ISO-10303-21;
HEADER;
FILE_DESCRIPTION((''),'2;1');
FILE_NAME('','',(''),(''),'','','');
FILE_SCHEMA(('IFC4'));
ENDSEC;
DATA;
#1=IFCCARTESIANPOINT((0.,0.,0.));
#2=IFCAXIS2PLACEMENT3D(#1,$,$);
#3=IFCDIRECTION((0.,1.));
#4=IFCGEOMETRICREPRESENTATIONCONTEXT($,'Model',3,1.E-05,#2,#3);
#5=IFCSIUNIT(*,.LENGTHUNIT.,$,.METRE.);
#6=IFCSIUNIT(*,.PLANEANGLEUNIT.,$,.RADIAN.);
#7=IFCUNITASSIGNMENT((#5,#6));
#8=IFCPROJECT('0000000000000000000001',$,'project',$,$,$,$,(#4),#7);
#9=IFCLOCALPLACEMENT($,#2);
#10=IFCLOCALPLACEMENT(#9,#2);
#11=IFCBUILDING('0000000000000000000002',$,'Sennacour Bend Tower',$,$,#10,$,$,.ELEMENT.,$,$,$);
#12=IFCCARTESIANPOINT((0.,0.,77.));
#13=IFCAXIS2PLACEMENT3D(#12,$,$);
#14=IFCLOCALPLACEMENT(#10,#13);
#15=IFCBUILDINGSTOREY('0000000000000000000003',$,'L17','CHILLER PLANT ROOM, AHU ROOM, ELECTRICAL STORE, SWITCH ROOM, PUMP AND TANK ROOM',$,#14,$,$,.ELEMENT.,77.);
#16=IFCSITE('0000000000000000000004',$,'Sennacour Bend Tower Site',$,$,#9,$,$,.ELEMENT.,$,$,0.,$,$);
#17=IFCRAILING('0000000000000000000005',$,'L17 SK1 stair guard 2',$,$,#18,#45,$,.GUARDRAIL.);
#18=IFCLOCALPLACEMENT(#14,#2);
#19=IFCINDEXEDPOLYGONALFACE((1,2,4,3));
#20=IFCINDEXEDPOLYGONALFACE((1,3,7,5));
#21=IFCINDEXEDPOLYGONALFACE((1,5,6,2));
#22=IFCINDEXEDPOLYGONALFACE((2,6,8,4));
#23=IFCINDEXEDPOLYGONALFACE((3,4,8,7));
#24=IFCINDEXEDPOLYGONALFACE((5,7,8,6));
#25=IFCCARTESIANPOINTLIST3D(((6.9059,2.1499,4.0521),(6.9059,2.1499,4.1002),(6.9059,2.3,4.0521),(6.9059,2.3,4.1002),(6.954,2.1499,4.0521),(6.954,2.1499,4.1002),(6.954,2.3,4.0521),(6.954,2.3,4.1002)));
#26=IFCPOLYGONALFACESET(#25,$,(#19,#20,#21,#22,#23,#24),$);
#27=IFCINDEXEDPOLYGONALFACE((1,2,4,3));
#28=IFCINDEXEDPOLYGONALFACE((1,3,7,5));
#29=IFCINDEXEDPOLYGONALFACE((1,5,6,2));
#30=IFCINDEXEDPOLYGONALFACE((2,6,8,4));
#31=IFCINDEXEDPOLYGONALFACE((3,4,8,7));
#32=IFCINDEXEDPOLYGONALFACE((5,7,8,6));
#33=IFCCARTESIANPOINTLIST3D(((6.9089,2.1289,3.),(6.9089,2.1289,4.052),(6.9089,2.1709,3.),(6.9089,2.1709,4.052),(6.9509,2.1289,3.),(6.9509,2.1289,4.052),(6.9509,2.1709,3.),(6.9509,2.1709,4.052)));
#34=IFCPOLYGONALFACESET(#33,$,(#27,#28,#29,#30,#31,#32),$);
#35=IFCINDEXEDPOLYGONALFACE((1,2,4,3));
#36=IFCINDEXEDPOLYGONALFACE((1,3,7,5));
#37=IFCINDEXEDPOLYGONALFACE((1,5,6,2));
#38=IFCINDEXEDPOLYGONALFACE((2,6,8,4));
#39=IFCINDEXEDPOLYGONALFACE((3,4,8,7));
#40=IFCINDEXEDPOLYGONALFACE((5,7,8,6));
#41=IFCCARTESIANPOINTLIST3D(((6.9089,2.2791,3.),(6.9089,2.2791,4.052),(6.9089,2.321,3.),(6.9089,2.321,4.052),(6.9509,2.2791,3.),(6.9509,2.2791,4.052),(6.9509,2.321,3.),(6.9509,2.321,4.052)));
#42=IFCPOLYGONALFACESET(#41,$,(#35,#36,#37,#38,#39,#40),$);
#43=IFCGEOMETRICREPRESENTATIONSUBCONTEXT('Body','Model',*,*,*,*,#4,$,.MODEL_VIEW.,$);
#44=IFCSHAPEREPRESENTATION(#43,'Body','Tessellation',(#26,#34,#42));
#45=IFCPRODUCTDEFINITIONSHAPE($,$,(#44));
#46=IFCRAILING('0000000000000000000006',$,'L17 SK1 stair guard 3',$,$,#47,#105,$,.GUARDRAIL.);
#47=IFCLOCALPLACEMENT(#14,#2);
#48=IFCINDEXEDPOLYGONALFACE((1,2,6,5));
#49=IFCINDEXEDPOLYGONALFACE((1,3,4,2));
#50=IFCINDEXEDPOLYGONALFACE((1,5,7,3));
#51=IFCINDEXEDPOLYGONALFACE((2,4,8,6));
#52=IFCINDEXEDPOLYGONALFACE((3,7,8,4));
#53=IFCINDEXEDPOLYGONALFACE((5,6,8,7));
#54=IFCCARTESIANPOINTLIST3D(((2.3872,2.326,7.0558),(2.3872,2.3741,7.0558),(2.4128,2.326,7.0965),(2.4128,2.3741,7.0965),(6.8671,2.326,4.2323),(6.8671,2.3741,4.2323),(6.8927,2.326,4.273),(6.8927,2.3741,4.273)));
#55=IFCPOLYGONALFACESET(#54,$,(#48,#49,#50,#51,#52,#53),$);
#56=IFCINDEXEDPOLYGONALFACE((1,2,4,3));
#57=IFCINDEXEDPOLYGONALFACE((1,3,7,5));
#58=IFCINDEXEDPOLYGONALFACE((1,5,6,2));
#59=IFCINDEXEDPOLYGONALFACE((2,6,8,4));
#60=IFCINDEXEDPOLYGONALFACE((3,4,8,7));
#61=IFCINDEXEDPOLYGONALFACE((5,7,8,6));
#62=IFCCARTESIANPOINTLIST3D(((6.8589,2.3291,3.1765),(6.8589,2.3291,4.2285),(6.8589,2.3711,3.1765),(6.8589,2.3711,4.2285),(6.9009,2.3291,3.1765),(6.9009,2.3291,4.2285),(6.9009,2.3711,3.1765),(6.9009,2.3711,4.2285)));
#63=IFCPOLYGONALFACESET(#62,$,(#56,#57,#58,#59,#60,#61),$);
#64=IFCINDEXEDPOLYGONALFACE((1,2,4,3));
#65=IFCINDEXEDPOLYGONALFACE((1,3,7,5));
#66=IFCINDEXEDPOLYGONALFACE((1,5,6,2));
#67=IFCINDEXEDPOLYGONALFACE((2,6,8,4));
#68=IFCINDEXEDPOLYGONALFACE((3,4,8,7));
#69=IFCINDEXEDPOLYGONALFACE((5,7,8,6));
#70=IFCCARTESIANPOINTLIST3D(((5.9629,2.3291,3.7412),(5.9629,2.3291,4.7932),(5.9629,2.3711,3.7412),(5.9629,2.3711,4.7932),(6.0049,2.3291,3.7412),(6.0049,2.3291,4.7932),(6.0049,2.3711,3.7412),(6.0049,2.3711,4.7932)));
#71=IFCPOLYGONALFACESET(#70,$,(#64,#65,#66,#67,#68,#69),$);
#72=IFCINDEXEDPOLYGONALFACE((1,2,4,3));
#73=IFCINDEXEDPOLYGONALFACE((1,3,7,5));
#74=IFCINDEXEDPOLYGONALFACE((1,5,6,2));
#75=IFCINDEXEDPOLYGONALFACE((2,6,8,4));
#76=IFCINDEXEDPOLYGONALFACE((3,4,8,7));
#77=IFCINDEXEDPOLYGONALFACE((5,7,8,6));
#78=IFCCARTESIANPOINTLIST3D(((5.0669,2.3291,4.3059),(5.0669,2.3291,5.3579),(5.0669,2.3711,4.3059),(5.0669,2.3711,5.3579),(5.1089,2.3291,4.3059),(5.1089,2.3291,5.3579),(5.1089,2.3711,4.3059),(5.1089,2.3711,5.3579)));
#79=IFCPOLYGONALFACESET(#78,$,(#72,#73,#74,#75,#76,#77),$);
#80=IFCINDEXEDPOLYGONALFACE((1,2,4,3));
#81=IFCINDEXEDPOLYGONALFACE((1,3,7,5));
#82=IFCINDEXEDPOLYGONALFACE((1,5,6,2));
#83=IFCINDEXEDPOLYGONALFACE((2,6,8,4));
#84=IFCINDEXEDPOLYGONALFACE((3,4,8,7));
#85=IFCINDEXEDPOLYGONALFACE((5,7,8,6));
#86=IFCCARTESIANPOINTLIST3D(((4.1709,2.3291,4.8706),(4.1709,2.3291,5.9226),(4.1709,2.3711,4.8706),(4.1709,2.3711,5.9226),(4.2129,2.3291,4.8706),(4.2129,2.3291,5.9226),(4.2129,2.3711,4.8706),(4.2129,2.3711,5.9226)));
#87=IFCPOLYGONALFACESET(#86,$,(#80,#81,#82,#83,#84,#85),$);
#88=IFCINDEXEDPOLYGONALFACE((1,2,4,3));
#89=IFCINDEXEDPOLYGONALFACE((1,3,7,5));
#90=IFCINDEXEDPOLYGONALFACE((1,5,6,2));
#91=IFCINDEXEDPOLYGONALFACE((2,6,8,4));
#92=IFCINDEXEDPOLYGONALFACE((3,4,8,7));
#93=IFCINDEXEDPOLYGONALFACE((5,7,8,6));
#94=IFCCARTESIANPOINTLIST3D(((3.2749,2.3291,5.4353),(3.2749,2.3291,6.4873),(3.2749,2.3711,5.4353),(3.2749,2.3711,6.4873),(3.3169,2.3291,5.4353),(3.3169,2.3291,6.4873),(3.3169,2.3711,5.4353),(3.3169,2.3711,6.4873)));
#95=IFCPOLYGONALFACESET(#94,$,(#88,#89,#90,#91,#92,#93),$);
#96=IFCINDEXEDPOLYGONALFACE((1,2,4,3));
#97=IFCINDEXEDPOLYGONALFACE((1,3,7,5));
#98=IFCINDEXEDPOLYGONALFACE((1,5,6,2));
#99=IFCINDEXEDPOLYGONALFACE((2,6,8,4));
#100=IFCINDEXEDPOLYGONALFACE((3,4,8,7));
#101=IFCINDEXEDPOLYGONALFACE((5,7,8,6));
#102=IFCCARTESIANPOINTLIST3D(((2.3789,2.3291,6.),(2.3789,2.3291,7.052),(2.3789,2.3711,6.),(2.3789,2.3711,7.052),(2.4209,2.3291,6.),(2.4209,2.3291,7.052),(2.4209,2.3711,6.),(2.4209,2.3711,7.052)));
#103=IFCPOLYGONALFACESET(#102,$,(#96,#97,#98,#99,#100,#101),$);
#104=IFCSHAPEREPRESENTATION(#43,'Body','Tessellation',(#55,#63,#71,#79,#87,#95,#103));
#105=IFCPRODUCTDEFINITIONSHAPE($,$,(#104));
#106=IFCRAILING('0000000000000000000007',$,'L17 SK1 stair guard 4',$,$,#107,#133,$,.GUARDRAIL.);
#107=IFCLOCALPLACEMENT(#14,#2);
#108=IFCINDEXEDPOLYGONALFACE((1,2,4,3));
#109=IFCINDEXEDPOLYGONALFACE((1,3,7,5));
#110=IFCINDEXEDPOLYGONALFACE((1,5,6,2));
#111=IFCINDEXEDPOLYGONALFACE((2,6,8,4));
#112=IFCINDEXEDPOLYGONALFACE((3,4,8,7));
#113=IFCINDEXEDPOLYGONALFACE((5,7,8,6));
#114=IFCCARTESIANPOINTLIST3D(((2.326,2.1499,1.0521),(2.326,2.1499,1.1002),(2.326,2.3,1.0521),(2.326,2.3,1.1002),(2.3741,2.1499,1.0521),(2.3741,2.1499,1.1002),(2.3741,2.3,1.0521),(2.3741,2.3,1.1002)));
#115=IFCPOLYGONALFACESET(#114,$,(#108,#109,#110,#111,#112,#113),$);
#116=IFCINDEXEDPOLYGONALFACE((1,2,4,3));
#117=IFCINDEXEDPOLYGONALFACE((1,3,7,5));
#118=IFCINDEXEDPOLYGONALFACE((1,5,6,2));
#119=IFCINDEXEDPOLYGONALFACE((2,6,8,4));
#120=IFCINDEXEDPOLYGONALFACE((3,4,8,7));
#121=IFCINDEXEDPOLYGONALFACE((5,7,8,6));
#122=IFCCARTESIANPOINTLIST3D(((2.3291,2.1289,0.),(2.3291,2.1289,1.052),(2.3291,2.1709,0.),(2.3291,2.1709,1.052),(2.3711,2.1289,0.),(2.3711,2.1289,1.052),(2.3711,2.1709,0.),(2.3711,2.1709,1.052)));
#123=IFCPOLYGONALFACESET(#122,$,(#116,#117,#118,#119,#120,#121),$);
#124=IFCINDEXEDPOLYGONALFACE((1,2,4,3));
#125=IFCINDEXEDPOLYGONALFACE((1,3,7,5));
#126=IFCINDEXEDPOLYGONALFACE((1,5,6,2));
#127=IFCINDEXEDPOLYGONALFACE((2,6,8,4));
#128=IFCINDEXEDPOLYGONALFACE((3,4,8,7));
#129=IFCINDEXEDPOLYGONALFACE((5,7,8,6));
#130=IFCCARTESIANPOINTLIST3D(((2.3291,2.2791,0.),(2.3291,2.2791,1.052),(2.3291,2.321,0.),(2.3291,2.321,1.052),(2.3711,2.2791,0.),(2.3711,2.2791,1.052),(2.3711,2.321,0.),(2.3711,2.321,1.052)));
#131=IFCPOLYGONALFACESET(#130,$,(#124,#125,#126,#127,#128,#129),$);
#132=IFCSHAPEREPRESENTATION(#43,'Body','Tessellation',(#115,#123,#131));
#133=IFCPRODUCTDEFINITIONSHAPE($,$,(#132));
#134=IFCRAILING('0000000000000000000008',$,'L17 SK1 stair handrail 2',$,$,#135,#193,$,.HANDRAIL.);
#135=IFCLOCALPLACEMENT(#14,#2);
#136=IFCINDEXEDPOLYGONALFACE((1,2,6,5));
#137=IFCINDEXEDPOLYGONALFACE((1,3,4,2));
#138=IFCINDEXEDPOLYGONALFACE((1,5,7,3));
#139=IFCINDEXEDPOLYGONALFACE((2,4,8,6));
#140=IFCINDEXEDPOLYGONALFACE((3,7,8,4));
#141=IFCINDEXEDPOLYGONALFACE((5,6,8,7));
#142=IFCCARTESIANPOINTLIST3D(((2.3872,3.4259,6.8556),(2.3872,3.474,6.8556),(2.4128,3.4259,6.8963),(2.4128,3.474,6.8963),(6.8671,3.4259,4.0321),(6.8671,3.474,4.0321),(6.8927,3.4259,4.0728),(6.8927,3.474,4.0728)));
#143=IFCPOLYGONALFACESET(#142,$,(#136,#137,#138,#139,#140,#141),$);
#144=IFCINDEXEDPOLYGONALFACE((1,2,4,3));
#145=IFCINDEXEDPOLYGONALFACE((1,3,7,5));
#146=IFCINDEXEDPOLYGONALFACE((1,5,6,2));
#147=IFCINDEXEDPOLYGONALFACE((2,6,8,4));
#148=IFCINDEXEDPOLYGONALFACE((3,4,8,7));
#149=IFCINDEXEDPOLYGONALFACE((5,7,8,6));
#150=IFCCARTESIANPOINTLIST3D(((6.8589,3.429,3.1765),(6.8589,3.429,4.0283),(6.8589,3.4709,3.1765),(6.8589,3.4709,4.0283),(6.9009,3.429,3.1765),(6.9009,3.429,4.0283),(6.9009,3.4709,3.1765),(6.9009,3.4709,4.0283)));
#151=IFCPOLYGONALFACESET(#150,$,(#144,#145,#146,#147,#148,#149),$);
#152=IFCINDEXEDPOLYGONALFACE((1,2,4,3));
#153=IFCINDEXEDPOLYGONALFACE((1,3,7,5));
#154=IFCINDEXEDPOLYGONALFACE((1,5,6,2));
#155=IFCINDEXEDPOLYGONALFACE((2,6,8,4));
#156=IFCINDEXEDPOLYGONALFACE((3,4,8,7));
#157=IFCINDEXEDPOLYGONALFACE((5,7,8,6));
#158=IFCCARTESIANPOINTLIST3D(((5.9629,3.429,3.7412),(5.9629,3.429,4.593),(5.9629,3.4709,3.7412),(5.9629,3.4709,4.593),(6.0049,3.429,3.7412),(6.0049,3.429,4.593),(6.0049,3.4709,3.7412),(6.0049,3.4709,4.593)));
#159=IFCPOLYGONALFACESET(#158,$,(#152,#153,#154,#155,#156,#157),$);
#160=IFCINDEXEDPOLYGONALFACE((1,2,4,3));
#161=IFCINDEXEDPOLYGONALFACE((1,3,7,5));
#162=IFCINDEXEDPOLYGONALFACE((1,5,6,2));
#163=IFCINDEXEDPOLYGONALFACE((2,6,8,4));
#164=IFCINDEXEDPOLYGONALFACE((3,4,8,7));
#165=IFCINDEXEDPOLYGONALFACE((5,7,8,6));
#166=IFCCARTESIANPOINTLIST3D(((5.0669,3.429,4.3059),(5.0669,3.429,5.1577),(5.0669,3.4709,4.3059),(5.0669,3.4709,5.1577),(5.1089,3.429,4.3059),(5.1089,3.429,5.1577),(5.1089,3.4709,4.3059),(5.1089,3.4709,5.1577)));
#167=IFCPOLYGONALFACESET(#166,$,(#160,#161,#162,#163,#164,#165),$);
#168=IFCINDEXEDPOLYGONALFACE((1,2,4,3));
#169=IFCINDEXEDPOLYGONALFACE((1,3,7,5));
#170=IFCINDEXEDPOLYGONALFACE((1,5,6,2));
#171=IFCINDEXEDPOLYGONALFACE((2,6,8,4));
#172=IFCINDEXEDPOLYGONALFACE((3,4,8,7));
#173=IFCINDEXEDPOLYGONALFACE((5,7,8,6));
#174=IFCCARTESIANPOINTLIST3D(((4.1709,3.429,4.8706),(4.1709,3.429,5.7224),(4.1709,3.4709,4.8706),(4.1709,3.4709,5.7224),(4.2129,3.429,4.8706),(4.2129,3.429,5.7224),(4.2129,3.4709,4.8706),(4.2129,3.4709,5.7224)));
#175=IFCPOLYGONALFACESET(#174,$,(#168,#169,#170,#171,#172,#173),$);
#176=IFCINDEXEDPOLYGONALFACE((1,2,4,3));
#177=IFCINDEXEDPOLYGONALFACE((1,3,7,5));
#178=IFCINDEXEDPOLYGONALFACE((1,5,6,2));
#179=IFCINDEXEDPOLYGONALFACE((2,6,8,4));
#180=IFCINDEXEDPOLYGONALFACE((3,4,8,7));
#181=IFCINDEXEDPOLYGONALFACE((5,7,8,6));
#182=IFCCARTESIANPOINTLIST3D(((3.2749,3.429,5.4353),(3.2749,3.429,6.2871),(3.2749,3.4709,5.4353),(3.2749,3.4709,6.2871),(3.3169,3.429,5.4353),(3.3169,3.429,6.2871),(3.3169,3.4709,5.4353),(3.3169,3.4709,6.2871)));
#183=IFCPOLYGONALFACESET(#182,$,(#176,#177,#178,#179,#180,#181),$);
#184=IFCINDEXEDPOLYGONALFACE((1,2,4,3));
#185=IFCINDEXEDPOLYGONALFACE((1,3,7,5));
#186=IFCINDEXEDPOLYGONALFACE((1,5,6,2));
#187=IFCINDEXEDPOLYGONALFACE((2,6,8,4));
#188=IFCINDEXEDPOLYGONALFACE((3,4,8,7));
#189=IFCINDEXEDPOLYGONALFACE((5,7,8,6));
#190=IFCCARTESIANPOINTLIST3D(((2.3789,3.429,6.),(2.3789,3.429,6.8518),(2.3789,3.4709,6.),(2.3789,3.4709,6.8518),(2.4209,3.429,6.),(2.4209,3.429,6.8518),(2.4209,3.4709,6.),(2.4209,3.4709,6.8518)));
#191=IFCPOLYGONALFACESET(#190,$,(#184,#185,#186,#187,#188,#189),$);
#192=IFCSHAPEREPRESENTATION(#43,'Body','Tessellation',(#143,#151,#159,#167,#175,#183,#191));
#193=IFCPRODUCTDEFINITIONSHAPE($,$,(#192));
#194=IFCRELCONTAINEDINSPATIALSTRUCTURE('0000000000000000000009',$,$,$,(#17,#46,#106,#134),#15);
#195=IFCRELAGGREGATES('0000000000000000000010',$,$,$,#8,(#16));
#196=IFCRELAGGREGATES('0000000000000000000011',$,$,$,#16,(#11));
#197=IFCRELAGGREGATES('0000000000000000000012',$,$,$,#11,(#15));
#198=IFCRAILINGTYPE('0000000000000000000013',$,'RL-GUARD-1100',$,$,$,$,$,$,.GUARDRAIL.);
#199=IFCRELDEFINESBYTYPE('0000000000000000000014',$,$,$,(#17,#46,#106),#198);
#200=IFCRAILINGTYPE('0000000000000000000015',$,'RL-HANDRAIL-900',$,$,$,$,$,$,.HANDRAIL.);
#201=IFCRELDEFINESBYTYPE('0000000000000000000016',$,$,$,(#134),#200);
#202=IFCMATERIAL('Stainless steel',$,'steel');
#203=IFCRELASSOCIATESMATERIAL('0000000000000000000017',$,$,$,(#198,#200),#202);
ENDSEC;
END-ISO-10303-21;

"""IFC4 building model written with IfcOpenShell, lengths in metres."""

from ifc_helpers import new_model, si_unit, direction, frame, origin, origin_2d, place, context, subcontext, project, spatial, rectangle, extrude, material, type_object, element, save


model = new_model("IFC4")

# Units and contexts
model_context = context("Model", 3, precision=1e-05, world=origin(), true_north=direction((0.0, 1.0)))
body_context = subcontext(model_context, "Body", "Model", "MODEL_VIEW")
ifc_project = project(units=[si_unit("LENGTHUNIT", "METRE"), si_unit("PLANEANGLEUNIT", "RADIAN")], contexts=[model_context])

# Site, building, storey
site_placement = place(None, origin())
site = spatial("IfcSite", under=ifc_project, at=site_placement, Name="Sennacour Bend Tower Site", CompositionType="ELEMENT", RefElevation=0.0)
building_placement = place(site_placement, origin())
building = spatial("IfcBuilding", under=site, at=building_placement, Name="Sennacour Bend Tower", CompositionType="ELEMENT")
storey_placement = place(building_placement, frame((0.0, 0.0, 77.0)))
storey = spatial("IfcBuildingStorey", under=building, at=storey_placement, Name="L17", Description="CHILLER PLANT ROOM, AHU ROOM, ELECTRICAL STORE, SWITCH ROOM, PUMP AND TANK ROOM", CompositionType="ELEMENT", Elevation=77.0)

# Railings
ifc_material_1 = material(Name="Stainless steel", Category="steel")
railing_type_1 = type_object("IfcRailingType", Name="RL-GUARD-1100", PredefinedType="GUARDRAIL", material=ifc_material_1)
railing_1_placement = place(storey_placement, frame((6.9299, 2.1499, 3.0)))
element("IfcRailing", 1, at=railing_1_placement, inside=storey, type_object=railing_type_1, Name="L17 SK1 stair guard 2", PredefinedType="GUARDRAIL", context=body_context, shape_type="SweptSolid", body=[
    extrude(rectangle(XDim=0.0481, YDim=0.0481, at=origin_2d()), frame((0.0, 0.0, 1.0762), z_axis=(0.0, 1.0, 0.0), x_axis=(-1.0, 0.0, 0.0)), (0.0, 0.0, 1.0), 0.1501),
    extrude(rectangle(XDim=0.042, YDim=0.042, at=origin_2d()), origin(), (0.0, 0.0, 1.0), 1.052),
    extrude(rectangle(XDim=0.042, YDim=0.042, at=origin_2d()), frame((0.0, 0.1501, 0.0)), (0.0, 0.0, 1.0), 1.052),
])
railing_2_placement = place(storey_placement, frame((6.8799, 2.3501, 3.1765)))
element("IfcRailing", 2, at=railing_2_placement, inside=storey, type_object=railing_type_1, Name="L17 SK1 stair guard 3", PredefinedType="GUARDRAIL", context=body_context, shape_type="SweptSolid", body=[
    extrude(rectangle(XDim=0.0481, YDim=0.0481, at=origin_2d()), frame((0.0, 0.0, 1.0762), z_axis=(-0.845998, 0.0, 0.533186), x_axis=(0.0, -1.0, 0.0)), (0.0, 0.0, 1.0), 5.2954),
    extrude(rectangle(XDim=0.042, YDim=0.042, at=origin_2d()), origin(), (0.0, 0.0, 1.0), 1.052),
    extrude(rectangle(XDim=0.042, YDim=0.042, at=origin_2d()), frame((-0.896, 0.0, 0.5647)), (0.0, 0.0, 1.0), 1.052),
    extrude(rectangle(XDim=0.042, YDim=0.042, at=origin_2d()), frame((-1.792, 0.0, 1.1294)), (0.0, 0.0, 1.0), 1.052),
    extrude(rectangle(XDim=0.042, YDim=0.042, at=origin_2d()), frame((-2.688, 0.0, 1.6941)), (0.0, 0.0, 1.0), 1.052),
    extrude(rectangle(XDim=0.042, YDim=0.042, at=origin_2d()), frame((-3.584, 0.0, 2.2588)), (0.0, 0.0, 1.0), 1.052),
    extrude(rectangle(XDim=0.042, YDim=0.042, at=origin_2d()), frame((-4.48, 0.0, 2.8235)), (0.0, 0.0, 1.0), 1.052),
])
railing_3_placement = place(storey_placement, frame((2.3501, 2.1499, 0.0)))
element("IfcRailing", 3, at=railing_3_placement, inside=storey, type_object=railing_type_1, Name="L17 SK1 stair guard 4", PredefinedType="GUARDRAIL", context=body_context, shape_type="SweptSolid", body=[
    extrude(rectangle(XDim=0.0481, YDim=0.0481, at=origin_2d()), frame((0.0, 0.0, 1.0762), z_axis=(0.0, 1.0, 0.0), x_axis=(-1.0, 0.0, 0.0)), (0.0, 0.0, 1.0), 0.1501),
    extrude(rectangle(XDim=0.042, YDim=0.042, at=origin_2d()), origin(), (0.0, 0.0, 1.0), 1.052),
    extrude(rectangle(XDim=0.042, YDim=0.042, at=origin_2d()), frame((0.0, 0.1501, 0.0)), (0.0, 0.0, 1.0), 1.052),
])
railing_type_2 = type_object("IfcRailingType", Name="RL-HANDRAIL-900", PredefinedType="HANDRAIL", material=ifc_material_1)
railing_4_placement = place(storey_placement, frame((6.8799, 3.45, 3.1765)))
element("IfcRailing", 4, at=railing_4_placement, inside=storey, type_object=railing_type_2, Name="L17 SK1 stair handrail 2", PredefinedType="HANDRAIL", context=body_context, shape_type="SweptSolid", body=[
    extrude(rectangle(XDim=0.0481, YDim=0.0481, at=origin_2d()), frame((0.0, 0.0, 0.876), z_axis=(-0.845998, 0.0, 0.533186), x_axis=(0.0, -1.0, 0.0)), (0.0, 0.0, 1.0), 5.2954),
    extrude(rectangle(XDim=0.042, YDim=0.042, at=origin_2d()), origin(), (0.0, 0.0, 1.0), 0.8518),
    extrude(rectangle(XDim=0.042, YDim=0.042, at=origin_2d()), frame((-0.896, 0.0, 0.5647)), (0.0, 0.0, 1.0), 0.8518),
    extrude(rectangle(XDim=0.042, YDim=0.042, at=origin_2d()), frame((-1.792, 0.0, 1.1294)), (0.0, 0.0, 1.0), 0.8518),
    extrude(rectangle(XDim=0.042, YDim=0.042, at=origin_2d()), frame((-2.688, 0.0, 1.6941)), (0.0, 0.0, 1.0), 0.8518),
    extrude(rectangle(XDim=0.042, YDim=0.042, at=origin_2d()), frame((-3.584, 0.0, 2.2588)), (0.0, 0.0, 1.0), 0.8518),
    extrude(rectangle(XDim=0.042, YDim=0.042, at=origin_2d()), frame((-4.48, 0.0, 2.8235)), (0.0, 0.0, 1.0), 0.8518),
])

save(model, "model.ifc")
